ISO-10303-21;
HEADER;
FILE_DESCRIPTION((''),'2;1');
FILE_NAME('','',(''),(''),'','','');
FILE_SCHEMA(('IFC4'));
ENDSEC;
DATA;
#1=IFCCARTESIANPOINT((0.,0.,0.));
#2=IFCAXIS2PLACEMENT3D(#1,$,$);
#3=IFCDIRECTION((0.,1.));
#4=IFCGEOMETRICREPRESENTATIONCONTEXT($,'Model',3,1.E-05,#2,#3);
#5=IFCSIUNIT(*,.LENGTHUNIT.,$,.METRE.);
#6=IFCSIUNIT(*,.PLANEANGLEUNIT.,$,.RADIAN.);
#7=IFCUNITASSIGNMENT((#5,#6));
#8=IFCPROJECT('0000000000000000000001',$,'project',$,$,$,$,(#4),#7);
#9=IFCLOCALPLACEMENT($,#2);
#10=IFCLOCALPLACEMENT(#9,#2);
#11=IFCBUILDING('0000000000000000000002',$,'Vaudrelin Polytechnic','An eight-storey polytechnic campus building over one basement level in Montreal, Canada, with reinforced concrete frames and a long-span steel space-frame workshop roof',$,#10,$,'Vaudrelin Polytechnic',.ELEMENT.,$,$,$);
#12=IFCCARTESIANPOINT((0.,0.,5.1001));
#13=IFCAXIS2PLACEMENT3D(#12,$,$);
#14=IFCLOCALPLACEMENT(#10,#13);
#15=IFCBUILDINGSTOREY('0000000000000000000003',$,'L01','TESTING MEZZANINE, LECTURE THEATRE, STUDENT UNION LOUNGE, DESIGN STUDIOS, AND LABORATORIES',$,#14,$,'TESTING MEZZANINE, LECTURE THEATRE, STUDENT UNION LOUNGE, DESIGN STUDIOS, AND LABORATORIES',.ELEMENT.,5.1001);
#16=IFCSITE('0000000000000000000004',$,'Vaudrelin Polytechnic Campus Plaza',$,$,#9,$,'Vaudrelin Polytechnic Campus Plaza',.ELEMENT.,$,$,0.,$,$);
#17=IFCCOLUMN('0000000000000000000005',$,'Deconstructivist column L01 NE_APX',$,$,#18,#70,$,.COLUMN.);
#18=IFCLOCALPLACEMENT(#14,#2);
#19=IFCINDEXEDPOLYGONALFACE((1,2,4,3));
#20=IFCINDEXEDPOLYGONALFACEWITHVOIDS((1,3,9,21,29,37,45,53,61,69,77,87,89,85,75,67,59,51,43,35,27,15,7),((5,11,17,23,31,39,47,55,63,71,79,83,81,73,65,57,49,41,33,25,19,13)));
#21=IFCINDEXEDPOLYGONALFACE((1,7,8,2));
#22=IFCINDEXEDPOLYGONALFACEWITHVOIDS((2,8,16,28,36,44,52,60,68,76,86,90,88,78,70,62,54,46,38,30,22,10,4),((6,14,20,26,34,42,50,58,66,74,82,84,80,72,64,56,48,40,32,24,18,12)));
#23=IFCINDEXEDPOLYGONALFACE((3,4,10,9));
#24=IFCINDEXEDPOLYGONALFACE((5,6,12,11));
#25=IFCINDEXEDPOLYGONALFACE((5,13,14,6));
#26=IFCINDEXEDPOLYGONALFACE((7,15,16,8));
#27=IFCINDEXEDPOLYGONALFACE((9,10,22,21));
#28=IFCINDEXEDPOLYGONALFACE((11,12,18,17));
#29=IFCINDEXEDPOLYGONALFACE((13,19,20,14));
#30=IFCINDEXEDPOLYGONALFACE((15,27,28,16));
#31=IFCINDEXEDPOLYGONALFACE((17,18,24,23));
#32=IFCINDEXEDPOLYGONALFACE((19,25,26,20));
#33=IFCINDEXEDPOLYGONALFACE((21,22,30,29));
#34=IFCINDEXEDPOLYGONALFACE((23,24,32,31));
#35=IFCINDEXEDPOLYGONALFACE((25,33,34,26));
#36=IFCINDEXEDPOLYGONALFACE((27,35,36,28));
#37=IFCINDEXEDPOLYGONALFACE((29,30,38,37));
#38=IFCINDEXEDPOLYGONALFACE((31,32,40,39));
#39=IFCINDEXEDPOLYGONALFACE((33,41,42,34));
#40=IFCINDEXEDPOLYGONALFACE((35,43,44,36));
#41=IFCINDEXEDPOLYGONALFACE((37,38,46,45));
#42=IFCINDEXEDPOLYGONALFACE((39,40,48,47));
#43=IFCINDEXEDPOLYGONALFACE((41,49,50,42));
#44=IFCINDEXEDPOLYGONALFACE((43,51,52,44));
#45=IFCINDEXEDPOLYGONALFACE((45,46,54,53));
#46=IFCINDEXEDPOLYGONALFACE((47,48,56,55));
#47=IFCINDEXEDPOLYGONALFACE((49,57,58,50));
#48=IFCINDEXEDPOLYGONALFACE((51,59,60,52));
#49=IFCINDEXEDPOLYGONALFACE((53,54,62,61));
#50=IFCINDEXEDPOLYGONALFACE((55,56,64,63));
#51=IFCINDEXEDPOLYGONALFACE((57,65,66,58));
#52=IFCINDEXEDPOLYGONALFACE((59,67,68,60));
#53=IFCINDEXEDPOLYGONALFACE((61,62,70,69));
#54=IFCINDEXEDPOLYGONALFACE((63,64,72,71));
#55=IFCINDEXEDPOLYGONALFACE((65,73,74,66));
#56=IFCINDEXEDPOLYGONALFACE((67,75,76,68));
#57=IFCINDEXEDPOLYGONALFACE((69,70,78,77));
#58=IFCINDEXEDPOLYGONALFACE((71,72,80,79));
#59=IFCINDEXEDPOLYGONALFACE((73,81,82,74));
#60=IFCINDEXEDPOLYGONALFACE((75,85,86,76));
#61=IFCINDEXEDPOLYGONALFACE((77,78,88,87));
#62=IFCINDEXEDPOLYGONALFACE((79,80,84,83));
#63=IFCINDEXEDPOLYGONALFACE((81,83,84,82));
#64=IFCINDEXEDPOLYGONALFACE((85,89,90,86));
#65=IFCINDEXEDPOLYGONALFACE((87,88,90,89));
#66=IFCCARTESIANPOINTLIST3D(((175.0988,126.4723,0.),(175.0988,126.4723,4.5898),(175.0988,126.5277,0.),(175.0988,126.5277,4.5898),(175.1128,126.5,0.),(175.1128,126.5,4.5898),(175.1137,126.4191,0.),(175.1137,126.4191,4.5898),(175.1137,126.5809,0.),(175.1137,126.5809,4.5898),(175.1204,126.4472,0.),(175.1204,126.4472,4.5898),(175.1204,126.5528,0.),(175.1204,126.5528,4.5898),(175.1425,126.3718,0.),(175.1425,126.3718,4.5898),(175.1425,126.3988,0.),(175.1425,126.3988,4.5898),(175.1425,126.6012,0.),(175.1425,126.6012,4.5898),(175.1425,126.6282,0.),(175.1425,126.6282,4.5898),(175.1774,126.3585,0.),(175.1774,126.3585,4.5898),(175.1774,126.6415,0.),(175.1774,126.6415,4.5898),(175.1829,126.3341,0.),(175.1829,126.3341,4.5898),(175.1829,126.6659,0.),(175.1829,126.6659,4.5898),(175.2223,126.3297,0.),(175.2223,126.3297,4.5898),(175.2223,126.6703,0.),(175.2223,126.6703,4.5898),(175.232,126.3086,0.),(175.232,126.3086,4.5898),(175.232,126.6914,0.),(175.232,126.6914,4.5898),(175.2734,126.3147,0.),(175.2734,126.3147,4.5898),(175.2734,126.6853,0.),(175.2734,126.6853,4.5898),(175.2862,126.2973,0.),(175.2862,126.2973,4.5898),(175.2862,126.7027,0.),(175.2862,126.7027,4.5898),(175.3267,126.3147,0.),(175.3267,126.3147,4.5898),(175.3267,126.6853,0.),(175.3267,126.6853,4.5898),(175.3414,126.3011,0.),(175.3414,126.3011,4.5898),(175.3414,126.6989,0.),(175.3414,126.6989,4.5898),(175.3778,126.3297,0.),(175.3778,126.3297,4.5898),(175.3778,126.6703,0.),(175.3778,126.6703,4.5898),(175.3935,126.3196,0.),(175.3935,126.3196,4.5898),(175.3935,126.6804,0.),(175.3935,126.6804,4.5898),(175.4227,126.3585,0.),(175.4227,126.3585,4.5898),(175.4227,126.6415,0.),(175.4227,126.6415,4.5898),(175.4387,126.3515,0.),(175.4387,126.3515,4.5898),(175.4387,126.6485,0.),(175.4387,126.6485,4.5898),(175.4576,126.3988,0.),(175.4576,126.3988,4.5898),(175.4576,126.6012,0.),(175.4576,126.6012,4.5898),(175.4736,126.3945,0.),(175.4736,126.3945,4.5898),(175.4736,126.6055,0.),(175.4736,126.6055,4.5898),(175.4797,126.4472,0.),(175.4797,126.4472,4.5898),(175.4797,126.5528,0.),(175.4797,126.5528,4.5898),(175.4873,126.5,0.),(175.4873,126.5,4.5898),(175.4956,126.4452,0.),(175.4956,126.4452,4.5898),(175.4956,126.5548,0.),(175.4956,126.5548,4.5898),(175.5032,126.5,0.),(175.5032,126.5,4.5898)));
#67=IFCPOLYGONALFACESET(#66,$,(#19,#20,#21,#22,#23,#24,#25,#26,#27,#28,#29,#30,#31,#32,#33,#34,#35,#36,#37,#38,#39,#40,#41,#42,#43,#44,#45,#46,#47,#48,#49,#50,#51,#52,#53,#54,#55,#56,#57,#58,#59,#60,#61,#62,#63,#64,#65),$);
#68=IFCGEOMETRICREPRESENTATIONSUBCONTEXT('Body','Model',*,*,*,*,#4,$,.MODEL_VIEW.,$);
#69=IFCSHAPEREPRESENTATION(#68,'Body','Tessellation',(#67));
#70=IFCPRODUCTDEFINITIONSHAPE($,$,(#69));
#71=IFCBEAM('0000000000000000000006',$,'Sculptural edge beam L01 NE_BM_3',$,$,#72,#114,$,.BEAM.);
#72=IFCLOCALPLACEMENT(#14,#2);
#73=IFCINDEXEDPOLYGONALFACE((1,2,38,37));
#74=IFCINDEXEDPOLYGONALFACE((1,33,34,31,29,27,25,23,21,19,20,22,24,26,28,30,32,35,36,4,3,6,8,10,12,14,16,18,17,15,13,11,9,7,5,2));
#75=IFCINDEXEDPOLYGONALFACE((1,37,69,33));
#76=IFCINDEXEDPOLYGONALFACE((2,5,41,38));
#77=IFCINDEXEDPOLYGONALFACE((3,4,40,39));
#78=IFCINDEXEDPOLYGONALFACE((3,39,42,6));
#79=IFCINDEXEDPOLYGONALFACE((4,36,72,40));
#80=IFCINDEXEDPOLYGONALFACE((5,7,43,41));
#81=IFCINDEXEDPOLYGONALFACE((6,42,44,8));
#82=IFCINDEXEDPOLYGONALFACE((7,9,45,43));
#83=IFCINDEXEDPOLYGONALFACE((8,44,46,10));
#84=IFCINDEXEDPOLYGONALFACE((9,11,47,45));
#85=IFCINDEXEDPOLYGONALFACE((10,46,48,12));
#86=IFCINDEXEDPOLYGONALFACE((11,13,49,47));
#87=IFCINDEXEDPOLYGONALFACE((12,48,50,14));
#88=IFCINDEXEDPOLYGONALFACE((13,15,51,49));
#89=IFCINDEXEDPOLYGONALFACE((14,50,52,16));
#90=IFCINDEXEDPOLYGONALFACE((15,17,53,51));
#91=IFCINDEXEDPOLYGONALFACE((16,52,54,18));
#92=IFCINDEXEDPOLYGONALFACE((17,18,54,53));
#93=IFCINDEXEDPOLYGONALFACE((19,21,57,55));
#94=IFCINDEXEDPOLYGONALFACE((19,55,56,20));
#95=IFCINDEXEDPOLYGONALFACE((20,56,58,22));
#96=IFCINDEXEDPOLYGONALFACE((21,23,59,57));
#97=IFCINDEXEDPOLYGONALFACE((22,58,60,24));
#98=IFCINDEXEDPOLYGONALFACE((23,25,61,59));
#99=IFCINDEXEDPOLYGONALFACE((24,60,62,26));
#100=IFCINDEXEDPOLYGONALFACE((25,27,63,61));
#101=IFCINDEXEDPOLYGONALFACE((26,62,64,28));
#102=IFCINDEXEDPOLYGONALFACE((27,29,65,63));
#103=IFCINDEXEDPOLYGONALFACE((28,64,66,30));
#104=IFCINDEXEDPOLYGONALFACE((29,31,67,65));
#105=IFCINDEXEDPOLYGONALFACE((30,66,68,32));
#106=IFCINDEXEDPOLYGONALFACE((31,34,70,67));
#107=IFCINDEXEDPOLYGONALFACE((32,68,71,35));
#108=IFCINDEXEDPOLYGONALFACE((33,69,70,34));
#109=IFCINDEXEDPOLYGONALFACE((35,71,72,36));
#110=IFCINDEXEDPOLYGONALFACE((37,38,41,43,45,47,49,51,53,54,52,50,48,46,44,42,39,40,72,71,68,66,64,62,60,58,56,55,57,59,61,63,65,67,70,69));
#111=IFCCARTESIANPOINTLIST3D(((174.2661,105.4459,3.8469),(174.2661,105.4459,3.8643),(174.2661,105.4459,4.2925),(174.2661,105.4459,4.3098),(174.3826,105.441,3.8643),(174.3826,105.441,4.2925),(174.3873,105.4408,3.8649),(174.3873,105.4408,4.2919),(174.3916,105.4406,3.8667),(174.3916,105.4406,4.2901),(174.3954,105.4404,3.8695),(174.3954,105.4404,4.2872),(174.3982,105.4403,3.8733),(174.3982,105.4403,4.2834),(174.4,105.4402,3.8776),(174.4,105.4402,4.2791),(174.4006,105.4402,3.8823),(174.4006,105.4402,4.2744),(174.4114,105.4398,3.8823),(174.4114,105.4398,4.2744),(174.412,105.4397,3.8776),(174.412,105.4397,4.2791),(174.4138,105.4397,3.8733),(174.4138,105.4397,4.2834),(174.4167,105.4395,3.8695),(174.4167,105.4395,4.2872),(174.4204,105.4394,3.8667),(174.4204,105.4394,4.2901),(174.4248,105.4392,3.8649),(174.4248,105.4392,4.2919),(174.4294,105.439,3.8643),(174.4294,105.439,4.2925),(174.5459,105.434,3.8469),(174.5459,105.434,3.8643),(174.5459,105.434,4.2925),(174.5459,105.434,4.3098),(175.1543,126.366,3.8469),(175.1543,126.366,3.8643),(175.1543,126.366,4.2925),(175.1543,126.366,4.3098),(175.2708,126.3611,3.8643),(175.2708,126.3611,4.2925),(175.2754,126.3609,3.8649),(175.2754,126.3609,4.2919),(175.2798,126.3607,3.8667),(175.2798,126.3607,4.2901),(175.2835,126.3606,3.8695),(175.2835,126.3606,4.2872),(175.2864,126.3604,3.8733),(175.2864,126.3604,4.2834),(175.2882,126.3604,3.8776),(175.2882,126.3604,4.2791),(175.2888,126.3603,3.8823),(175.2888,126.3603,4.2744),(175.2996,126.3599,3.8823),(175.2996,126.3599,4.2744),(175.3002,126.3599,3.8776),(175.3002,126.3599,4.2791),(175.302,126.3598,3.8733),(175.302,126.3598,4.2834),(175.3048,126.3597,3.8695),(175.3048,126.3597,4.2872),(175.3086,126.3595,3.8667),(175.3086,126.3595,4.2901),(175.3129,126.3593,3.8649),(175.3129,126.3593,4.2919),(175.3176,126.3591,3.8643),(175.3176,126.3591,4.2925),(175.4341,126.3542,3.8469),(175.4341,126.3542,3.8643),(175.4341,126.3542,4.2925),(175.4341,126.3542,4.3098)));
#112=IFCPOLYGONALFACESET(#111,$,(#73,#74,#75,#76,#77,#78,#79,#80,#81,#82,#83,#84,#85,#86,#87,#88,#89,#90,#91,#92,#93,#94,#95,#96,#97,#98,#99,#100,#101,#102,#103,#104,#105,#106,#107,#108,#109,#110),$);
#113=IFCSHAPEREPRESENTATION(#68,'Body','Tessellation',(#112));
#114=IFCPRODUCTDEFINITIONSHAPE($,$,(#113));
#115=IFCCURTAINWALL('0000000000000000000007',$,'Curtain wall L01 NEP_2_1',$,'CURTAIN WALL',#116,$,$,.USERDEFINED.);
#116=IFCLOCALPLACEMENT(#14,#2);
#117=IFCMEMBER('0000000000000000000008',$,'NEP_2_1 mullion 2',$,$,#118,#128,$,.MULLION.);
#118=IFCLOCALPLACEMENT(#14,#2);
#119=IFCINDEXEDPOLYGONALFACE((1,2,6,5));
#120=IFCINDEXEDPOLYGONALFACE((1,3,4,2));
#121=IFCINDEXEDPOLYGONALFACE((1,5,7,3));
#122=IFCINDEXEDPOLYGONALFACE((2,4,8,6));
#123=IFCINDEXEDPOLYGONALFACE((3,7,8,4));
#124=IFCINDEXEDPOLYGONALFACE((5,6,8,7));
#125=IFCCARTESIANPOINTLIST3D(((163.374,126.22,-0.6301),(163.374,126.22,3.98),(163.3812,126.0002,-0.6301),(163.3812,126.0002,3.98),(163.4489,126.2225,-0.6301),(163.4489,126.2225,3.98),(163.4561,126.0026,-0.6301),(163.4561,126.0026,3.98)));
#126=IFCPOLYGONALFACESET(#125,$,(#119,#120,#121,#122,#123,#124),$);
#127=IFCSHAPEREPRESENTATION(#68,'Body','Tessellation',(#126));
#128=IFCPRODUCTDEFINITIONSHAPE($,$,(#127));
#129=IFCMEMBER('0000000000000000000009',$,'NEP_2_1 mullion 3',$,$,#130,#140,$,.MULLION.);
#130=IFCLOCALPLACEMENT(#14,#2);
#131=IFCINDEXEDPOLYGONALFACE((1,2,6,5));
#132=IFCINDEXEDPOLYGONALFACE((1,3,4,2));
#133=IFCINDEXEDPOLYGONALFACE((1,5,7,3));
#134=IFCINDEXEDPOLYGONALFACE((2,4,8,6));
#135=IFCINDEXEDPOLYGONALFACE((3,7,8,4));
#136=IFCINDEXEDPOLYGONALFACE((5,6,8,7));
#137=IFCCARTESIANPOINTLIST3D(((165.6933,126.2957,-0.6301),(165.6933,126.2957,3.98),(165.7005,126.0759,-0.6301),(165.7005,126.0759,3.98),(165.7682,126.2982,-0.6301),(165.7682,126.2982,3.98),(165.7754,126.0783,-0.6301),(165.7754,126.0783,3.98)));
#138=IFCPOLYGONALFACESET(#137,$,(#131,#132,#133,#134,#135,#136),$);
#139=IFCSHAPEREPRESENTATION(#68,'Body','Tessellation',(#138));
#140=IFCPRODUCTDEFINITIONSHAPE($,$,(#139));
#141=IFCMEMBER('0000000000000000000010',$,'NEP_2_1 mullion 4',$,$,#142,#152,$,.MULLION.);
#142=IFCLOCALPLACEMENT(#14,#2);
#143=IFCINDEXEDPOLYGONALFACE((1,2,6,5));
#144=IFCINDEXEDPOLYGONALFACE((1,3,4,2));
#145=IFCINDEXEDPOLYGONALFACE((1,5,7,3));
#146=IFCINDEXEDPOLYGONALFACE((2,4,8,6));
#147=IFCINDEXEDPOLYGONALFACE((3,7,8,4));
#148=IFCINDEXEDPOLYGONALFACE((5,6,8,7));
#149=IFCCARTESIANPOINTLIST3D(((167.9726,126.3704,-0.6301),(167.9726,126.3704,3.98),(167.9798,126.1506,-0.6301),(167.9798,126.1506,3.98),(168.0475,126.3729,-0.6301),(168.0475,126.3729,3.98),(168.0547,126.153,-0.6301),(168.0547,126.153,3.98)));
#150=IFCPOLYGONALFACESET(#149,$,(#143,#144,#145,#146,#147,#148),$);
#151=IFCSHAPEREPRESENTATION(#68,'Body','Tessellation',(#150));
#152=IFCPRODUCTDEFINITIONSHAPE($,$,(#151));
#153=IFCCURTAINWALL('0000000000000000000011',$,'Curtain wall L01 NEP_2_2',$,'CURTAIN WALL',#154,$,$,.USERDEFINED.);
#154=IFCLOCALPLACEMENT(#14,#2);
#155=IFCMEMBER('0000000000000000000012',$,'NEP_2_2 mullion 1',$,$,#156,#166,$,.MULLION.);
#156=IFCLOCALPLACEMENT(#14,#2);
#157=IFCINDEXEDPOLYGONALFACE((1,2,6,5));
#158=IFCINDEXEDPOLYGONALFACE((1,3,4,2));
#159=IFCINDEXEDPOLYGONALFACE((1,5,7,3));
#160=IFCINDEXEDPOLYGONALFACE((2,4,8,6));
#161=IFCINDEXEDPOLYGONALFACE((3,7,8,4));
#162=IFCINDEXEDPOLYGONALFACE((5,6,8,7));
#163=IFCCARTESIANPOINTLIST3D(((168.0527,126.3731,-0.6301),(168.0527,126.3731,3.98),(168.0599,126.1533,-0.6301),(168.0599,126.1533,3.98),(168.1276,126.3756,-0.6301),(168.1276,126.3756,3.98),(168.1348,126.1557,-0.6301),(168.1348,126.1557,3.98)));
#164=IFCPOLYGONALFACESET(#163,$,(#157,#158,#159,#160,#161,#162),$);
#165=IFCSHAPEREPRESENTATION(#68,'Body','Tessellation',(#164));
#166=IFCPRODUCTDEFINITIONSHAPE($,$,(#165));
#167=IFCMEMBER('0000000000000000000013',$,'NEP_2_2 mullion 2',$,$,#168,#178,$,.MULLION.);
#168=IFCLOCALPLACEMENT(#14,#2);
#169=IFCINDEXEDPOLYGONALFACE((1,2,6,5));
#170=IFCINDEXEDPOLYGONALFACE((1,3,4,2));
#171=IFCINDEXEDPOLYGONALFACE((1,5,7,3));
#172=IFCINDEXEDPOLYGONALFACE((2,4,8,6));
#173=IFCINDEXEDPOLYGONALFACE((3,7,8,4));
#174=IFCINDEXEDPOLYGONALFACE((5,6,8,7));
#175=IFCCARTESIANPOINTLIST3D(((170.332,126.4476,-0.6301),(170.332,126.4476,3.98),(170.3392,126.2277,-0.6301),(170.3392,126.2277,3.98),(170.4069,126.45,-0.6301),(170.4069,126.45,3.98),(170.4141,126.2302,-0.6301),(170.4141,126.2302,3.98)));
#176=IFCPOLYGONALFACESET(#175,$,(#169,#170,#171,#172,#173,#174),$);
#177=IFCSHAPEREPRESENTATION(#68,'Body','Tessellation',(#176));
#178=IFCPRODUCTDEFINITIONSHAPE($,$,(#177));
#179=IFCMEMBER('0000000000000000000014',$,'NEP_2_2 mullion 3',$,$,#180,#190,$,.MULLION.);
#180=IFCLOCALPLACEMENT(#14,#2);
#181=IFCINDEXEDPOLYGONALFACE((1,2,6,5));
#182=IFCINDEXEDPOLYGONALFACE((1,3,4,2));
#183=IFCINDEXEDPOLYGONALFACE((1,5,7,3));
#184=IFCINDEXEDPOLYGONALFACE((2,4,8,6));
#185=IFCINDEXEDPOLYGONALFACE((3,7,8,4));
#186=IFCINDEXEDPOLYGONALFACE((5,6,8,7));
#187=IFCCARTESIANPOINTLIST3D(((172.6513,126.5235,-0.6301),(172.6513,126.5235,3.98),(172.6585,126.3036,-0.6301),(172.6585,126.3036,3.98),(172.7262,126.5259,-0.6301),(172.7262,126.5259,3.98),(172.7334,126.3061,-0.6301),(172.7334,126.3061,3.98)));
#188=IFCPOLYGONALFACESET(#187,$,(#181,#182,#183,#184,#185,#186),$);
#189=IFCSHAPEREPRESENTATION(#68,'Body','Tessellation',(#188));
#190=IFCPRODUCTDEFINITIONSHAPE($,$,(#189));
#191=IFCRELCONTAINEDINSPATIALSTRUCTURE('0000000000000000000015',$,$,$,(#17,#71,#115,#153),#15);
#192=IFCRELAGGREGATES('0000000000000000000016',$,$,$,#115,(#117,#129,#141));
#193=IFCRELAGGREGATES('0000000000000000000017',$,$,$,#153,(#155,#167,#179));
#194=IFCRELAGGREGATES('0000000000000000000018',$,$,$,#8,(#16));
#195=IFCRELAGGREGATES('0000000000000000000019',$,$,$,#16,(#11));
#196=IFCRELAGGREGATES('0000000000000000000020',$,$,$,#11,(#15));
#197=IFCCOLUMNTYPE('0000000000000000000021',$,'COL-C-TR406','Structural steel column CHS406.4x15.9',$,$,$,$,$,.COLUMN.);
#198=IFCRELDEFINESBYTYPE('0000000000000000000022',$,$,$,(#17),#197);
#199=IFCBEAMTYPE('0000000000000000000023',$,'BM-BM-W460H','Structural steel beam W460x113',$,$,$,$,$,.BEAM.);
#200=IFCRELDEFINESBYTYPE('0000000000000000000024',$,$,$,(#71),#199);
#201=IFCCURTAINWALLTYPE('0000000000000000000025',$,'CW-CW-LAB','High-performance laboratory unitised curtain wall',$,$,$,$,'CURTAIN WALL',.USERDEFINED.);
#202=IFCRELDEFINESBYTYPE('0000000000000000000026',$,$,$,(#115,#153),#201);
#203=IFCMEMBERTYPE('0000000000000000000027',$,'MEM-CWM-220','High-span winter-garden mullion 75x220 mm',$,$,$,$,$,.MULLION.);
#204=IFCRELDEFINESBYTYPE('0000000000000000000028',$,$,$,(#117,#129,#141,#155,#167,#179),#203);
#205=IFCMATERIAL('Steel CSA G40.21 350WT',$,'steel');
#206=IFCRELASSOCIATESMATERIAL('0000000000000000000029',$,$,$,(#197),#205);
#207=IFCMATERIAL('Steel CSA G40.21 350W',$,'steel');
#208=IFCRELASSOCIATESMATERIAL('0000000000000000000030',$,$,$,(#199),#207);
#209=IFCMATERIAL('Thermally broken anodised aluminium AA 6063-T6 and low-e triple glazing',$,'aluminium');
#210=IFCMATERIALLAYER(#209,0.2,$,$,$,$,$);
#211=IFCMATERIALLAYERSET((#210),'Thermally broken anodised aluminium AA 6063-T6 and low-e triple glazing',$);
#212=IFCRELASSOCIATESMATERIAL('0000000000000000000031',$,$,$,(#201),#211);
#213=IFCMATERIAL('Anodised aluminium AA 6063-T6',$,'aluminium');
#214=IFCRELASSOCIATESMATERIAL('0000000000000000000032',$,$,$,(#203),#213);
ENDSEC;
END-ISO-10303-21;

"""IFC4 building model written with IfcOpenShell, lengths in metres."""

from ifc_helpers import new_model, si_unit, direction, frame, origin, origin_2d, place, context, subcontext, project, spatial, rectangle, hollow_circle, i_section, extrude, material, layer, layer_set, material_profile, profile_set, type_object, element, aggregate, save


model = new_model("IFC4")

# Units and contexts
model_context = context("Model", 3, precision=1e-05, world=origin(), true_north=direction((0.0, 1.0)))
body_context = subcontext(model_context, "Body", "Model", "MODEL_VIEW")
ifc_project = project(units=[si_unit("LENGTHUNIT", "METRE"), si_unit("PLANEANGLEUNIT", "RADIAN")], contexts=[model_context])

# Site, building, storey
site_placement = place(None, origin())
site = spatial("IfcSite", under=ifc_project, at=site_placement, Name="Vaudrelin Polytechnic Campus Plaza", LongName="Vaudrelin Polytechnic Campus Plaza", CompositionType="ELEMENT", RefElevation=0.0)
building_placement = place(site_placement, origin())
building = spatial("IfcBuilding", under=site, at=building_placement, Name="Vaudrelin Polytechnic", Description="An eight-storey polytechnic campus building over one basement level in Montreal, Canada, with reinforced concrete frames and a long-span steel space-frame workshop roof", LongName="Vaudrelin Polytechnic", CompositionType="ELEMENT")
storey_placement = place(building_placement, frame((0.0, 0.0, 5.1001)))
storey = spatial("IfcBuildingStorey", under=building, at=storey_placement, Name="L01", Description="TESTING MEZZANINE, LECTURE THEATRE, STUDENT UNION LOUNGE, DESIGN STUDIOS, AND LABORATORIES", LongName="TESTING MEZZANINE, LECTURE THEATRE, STUDENT UNION LOUNGE, DESIGN STUDIOS, AND LABORATORIES", CompositionType="ELEMENT", Elevation=5.1001)

# Column
ifc_material_1 = material(Name="Steel CSA G40.21 350WT", Category="steel")
ifc_material_profile_1 = material_profile(ifc_material_1, hollow_circle(Radius=0.2031, WallThickness=0.0159, at=origin_2d()), Name="CHS406.4x15.9")
ifc_profile_set_1 = profile_set([ifc_material_profile_1], Name="Steel CSA G40.21 350WT")
column_type = type_object("IfcColumnType", Name="COL-C-TR406", Description="Structural steel column CHS406.4x15.9", PredefinedType="COLUMN", material=ifc_profile_set_1)
column_placement = place(storey_placement, frame((175.3, 126.5, 0.0), z_axis=(0.0, 0.0, 1.0), x_axis=(1.0, 0.0, 0.0)))
element("IfcColumn", 1, at=column_placement, inside=storey, type_object=column_type, Name="Deconstructivist column L01 NE_APX", PredefinedType="COLUMN", context=body_context, shape_type="SweptSolid", body=[
    extrude(hollow_circle(Radius=0.2031, WallThickness=0.0159, at=origin_2d()), origin(), (0.0, 0.0, 1.0), 4.5898),
])

# Beam
ifc_material_2 = material(Name="Steel CSA G40.21 350W", Category="steel")
ifc_material_profile_2 = material_profile(ifc_material_2, i_section(OverallWidth=0.28, OverallDepth=0.4629, WebThickness=0.0107, FlangeThickness=0.0173, FilletRadius=0.0181, at=origin_2d()), Name="W460x113")
ifc_profile_set_2 = profile_set([ifc_material_profile_2], Name="Steel CSA G40.21 350W")
beam_type = type_object("IfcBeamType", Name="BM-BM-W460H", Description="Structural steel beam W460x113", PredefinedType="BEAM", material=ifc_profile_set_2)
beam_placement = place(storey_placement, frame((175.2942, 126.3601, 4.0784), z_axis=(-0.042418, -0.9991, 0.0), x_axis=(0.9991, -0.042418, 0.0)))
element("IfcBeam", 2, at=beam_placement, inside=storey, type_object=beam_type, Name="Sculptural edge beam L01 NE_BM_3", PredefinedType="BEAM", context=body_context, shape_type="SweptSolid", body=[
    extrude(i_section(OverallWidth=0.28, OverallDepth=0.4629, WebThickness=0.0107, FlangeThickness=0.0173, FilletRadius=0.0181, at=origin_2d()), origin(), (0.0, 0.0, 1.0), 20.939),
])

# Curtain walls, members
ifc_material_3 = material(Name="Thermally broken anodised aluminium AA 6063-T6 and low-e triple glazing", Category="aluminium")
ifc_layer_1 = layer(ifc_material_3, 0.2)
ifc_layer_set_1 = layer_set([ifc_layer_1], Name="Thermally broken anodised aluminium AA 6063-T6 and low-e triple glazing")
curtain_wall_type = type_object("IfcCurtainWallType", Name="CW-CW-LAB", Description="High-performance laboratory unitised curtain wall", ElementType="CURTAIN WALL", PredefinedType="USERDEFINED", material=ifc_layer_set_1)
curtain_wall_1_placement = place(storey_placement, origin())
curtain_wall_1 = element("IfcCurtainWall", 3, at=curtain_wall_1_placement, inside=storey, type_object=curtain_wall_type, Name="Curtain wall L01 NEP_2_1", ObjectType="CURTAIN WALL", PredefinedType="USERDEFINED")
ifc_material_4 = material(Name="Anodised aluminium AA 6063-T6", Category="aluminium")
ifc_material_profile_3 = material_profile(ifc_material_4, rectangle(XDim=0.075, YDim=0.22, at=origin_2d()), Name="CWM-75x220")
ifc_profile_set_3 = profile_set([ifc_material_profile_3], Name="Anodised aluminium AA 6063-T6")
member_type_1 = type_object("IfcMemberType", Name="MEM-CWM-220", Description="High-span winter-garden mullion 75x220 mm", PredefinedType="MULLION", material=ifc_profile_set_3)
member_1_placement = place(storey_placement, frame((163.415, 126.1113, -0.6301), z_axis=(0.0, 0.0, 1.0), x_axis=(0.999465, 0.032693, 0.0)))
member_1 = element("IfcMember", 4, at=member_1_placement, type_object=member_type_1, Name="NEP_2_1 mullion 2", PredefinedType="MULLION", context=body_context, shape_type="SweptSolid", body=[
    extrude(rectangle(XDim=0.075, YDim=0.22, at=origin_2d()), origin(), (0.0, 0.0, 1.0), 4.6101),
])
member_2_placement = place(storey_placement, frame((165.7344, 126.187, -0.6301), z_axis=(0.0, 0.0, 1.0), x_axis=(0.999465, 0.032693, 0.0)))
member_2 = element("IfcMember", 5, at=member_2_placement, type_object=member_type_1, Name="NEP_2_1 mullion 3", PredefinedType="MULLION", context=body_context, shape_type="SweptSolid", body=[
    extrude(rectangle(XDim=0.075, YDim=0.22, at=origin_2d()), origin(), (0.0, 0.0, 1.0), 4.6101),
])
member_3_placement = place(storey_placement, frame((168.0137, 126.2617, -0.6301), z_axis=(0.0, 0.0, 1.0), x_axis=(0.999465, 0.032693, 0.0)))
member_3 = element("IfcMember", 6, at=member_3_placement, type_object=member_type_1, Name="NEP_2_1 mullion 4", PredefinedType="MULLION", context=body_context, shape_type="SweptSolid", body=[
    extrude(rectangle(XDim=0.075, YDim=0.22, at=origin_2d()), origin(), (0.0, 0.0, 1.0), 4.6101),
])
curtain_wall_2_placement = place(storey_placement, origin())
curtain_wall_2 = element("IfcCurtainWall", 7, at=curtain_wall_2_placement, inside=storey, type_object=curtain_wall_type, Name="Curtain wall L01 NEP_2_2", ObjectType="CURTAIN WALL", PredefinedType="USERDEFINED")
member_4_placement = place(storey_placement, frame((168.0938, 126.2644, -0.6301), z_axis=(0.0, 0.0, 1.0), x_axis=(0.999465, 0.032693, 0.0)))
member_4 = element("IfcMember", 8, at=member_4_placement, type_object=member_type_1, Name="NEP_2_2 mullion 1", PredefinedType="MULLION", context=body_context, shape_type="SweptSolid", body=[
    extrude(rectangle(XDim=0.075, YDim=0.22, at=origin_2d()), origin(), (0.0, 0.0, 1.0), 4.6101),
])
member_5_placement = place(storey_placement, frame((170.373, 126.3389, -0.6301), z_axis=(0.0, 0.0, 1.0), x_axis=(0.999465, 0.032693, 0.0)))
member_5 = element("IfcMember", 9, at=member_5_placement, type_object=member_type_1, Name="NEP_2_2 mullion 2", PredefinedType="MULLION", context=body_context, shape_type="SweptSolid", body=[
    extrude(rectangle(XDim=0.075, YDim=0.22, at=origin_2d()), origin(), (0.0, 0.0, 1.0), 4.6101),
])
member_6_placement = place(storey_placement, frame((172.6924, 126.4148, -0.6301), z_axis=(0.0, 0.0, 1.0), x_axis=(0.999465, 0.032693, 0.0)))
member_6 = element("IfcMember", 10, at=member_6_placement, type_object=member_type_1, Name="NEP_2_2 mullion 3", PredefinedType="MULLION", context=body_context, shape_type="SweptSolid", body=[
    extrude(rectangle(XDim=0.075, YDim=0.22, at=origin_2d()), origin(), (0.0, 0.0, 1.0), 4.6101),
])

aggregate(curtain_wall_1, [member_1, member_2, member_3])
aggregate(curtain_wall_2, [member_4, member_5, member_6])

save(model, "model.ifc")
